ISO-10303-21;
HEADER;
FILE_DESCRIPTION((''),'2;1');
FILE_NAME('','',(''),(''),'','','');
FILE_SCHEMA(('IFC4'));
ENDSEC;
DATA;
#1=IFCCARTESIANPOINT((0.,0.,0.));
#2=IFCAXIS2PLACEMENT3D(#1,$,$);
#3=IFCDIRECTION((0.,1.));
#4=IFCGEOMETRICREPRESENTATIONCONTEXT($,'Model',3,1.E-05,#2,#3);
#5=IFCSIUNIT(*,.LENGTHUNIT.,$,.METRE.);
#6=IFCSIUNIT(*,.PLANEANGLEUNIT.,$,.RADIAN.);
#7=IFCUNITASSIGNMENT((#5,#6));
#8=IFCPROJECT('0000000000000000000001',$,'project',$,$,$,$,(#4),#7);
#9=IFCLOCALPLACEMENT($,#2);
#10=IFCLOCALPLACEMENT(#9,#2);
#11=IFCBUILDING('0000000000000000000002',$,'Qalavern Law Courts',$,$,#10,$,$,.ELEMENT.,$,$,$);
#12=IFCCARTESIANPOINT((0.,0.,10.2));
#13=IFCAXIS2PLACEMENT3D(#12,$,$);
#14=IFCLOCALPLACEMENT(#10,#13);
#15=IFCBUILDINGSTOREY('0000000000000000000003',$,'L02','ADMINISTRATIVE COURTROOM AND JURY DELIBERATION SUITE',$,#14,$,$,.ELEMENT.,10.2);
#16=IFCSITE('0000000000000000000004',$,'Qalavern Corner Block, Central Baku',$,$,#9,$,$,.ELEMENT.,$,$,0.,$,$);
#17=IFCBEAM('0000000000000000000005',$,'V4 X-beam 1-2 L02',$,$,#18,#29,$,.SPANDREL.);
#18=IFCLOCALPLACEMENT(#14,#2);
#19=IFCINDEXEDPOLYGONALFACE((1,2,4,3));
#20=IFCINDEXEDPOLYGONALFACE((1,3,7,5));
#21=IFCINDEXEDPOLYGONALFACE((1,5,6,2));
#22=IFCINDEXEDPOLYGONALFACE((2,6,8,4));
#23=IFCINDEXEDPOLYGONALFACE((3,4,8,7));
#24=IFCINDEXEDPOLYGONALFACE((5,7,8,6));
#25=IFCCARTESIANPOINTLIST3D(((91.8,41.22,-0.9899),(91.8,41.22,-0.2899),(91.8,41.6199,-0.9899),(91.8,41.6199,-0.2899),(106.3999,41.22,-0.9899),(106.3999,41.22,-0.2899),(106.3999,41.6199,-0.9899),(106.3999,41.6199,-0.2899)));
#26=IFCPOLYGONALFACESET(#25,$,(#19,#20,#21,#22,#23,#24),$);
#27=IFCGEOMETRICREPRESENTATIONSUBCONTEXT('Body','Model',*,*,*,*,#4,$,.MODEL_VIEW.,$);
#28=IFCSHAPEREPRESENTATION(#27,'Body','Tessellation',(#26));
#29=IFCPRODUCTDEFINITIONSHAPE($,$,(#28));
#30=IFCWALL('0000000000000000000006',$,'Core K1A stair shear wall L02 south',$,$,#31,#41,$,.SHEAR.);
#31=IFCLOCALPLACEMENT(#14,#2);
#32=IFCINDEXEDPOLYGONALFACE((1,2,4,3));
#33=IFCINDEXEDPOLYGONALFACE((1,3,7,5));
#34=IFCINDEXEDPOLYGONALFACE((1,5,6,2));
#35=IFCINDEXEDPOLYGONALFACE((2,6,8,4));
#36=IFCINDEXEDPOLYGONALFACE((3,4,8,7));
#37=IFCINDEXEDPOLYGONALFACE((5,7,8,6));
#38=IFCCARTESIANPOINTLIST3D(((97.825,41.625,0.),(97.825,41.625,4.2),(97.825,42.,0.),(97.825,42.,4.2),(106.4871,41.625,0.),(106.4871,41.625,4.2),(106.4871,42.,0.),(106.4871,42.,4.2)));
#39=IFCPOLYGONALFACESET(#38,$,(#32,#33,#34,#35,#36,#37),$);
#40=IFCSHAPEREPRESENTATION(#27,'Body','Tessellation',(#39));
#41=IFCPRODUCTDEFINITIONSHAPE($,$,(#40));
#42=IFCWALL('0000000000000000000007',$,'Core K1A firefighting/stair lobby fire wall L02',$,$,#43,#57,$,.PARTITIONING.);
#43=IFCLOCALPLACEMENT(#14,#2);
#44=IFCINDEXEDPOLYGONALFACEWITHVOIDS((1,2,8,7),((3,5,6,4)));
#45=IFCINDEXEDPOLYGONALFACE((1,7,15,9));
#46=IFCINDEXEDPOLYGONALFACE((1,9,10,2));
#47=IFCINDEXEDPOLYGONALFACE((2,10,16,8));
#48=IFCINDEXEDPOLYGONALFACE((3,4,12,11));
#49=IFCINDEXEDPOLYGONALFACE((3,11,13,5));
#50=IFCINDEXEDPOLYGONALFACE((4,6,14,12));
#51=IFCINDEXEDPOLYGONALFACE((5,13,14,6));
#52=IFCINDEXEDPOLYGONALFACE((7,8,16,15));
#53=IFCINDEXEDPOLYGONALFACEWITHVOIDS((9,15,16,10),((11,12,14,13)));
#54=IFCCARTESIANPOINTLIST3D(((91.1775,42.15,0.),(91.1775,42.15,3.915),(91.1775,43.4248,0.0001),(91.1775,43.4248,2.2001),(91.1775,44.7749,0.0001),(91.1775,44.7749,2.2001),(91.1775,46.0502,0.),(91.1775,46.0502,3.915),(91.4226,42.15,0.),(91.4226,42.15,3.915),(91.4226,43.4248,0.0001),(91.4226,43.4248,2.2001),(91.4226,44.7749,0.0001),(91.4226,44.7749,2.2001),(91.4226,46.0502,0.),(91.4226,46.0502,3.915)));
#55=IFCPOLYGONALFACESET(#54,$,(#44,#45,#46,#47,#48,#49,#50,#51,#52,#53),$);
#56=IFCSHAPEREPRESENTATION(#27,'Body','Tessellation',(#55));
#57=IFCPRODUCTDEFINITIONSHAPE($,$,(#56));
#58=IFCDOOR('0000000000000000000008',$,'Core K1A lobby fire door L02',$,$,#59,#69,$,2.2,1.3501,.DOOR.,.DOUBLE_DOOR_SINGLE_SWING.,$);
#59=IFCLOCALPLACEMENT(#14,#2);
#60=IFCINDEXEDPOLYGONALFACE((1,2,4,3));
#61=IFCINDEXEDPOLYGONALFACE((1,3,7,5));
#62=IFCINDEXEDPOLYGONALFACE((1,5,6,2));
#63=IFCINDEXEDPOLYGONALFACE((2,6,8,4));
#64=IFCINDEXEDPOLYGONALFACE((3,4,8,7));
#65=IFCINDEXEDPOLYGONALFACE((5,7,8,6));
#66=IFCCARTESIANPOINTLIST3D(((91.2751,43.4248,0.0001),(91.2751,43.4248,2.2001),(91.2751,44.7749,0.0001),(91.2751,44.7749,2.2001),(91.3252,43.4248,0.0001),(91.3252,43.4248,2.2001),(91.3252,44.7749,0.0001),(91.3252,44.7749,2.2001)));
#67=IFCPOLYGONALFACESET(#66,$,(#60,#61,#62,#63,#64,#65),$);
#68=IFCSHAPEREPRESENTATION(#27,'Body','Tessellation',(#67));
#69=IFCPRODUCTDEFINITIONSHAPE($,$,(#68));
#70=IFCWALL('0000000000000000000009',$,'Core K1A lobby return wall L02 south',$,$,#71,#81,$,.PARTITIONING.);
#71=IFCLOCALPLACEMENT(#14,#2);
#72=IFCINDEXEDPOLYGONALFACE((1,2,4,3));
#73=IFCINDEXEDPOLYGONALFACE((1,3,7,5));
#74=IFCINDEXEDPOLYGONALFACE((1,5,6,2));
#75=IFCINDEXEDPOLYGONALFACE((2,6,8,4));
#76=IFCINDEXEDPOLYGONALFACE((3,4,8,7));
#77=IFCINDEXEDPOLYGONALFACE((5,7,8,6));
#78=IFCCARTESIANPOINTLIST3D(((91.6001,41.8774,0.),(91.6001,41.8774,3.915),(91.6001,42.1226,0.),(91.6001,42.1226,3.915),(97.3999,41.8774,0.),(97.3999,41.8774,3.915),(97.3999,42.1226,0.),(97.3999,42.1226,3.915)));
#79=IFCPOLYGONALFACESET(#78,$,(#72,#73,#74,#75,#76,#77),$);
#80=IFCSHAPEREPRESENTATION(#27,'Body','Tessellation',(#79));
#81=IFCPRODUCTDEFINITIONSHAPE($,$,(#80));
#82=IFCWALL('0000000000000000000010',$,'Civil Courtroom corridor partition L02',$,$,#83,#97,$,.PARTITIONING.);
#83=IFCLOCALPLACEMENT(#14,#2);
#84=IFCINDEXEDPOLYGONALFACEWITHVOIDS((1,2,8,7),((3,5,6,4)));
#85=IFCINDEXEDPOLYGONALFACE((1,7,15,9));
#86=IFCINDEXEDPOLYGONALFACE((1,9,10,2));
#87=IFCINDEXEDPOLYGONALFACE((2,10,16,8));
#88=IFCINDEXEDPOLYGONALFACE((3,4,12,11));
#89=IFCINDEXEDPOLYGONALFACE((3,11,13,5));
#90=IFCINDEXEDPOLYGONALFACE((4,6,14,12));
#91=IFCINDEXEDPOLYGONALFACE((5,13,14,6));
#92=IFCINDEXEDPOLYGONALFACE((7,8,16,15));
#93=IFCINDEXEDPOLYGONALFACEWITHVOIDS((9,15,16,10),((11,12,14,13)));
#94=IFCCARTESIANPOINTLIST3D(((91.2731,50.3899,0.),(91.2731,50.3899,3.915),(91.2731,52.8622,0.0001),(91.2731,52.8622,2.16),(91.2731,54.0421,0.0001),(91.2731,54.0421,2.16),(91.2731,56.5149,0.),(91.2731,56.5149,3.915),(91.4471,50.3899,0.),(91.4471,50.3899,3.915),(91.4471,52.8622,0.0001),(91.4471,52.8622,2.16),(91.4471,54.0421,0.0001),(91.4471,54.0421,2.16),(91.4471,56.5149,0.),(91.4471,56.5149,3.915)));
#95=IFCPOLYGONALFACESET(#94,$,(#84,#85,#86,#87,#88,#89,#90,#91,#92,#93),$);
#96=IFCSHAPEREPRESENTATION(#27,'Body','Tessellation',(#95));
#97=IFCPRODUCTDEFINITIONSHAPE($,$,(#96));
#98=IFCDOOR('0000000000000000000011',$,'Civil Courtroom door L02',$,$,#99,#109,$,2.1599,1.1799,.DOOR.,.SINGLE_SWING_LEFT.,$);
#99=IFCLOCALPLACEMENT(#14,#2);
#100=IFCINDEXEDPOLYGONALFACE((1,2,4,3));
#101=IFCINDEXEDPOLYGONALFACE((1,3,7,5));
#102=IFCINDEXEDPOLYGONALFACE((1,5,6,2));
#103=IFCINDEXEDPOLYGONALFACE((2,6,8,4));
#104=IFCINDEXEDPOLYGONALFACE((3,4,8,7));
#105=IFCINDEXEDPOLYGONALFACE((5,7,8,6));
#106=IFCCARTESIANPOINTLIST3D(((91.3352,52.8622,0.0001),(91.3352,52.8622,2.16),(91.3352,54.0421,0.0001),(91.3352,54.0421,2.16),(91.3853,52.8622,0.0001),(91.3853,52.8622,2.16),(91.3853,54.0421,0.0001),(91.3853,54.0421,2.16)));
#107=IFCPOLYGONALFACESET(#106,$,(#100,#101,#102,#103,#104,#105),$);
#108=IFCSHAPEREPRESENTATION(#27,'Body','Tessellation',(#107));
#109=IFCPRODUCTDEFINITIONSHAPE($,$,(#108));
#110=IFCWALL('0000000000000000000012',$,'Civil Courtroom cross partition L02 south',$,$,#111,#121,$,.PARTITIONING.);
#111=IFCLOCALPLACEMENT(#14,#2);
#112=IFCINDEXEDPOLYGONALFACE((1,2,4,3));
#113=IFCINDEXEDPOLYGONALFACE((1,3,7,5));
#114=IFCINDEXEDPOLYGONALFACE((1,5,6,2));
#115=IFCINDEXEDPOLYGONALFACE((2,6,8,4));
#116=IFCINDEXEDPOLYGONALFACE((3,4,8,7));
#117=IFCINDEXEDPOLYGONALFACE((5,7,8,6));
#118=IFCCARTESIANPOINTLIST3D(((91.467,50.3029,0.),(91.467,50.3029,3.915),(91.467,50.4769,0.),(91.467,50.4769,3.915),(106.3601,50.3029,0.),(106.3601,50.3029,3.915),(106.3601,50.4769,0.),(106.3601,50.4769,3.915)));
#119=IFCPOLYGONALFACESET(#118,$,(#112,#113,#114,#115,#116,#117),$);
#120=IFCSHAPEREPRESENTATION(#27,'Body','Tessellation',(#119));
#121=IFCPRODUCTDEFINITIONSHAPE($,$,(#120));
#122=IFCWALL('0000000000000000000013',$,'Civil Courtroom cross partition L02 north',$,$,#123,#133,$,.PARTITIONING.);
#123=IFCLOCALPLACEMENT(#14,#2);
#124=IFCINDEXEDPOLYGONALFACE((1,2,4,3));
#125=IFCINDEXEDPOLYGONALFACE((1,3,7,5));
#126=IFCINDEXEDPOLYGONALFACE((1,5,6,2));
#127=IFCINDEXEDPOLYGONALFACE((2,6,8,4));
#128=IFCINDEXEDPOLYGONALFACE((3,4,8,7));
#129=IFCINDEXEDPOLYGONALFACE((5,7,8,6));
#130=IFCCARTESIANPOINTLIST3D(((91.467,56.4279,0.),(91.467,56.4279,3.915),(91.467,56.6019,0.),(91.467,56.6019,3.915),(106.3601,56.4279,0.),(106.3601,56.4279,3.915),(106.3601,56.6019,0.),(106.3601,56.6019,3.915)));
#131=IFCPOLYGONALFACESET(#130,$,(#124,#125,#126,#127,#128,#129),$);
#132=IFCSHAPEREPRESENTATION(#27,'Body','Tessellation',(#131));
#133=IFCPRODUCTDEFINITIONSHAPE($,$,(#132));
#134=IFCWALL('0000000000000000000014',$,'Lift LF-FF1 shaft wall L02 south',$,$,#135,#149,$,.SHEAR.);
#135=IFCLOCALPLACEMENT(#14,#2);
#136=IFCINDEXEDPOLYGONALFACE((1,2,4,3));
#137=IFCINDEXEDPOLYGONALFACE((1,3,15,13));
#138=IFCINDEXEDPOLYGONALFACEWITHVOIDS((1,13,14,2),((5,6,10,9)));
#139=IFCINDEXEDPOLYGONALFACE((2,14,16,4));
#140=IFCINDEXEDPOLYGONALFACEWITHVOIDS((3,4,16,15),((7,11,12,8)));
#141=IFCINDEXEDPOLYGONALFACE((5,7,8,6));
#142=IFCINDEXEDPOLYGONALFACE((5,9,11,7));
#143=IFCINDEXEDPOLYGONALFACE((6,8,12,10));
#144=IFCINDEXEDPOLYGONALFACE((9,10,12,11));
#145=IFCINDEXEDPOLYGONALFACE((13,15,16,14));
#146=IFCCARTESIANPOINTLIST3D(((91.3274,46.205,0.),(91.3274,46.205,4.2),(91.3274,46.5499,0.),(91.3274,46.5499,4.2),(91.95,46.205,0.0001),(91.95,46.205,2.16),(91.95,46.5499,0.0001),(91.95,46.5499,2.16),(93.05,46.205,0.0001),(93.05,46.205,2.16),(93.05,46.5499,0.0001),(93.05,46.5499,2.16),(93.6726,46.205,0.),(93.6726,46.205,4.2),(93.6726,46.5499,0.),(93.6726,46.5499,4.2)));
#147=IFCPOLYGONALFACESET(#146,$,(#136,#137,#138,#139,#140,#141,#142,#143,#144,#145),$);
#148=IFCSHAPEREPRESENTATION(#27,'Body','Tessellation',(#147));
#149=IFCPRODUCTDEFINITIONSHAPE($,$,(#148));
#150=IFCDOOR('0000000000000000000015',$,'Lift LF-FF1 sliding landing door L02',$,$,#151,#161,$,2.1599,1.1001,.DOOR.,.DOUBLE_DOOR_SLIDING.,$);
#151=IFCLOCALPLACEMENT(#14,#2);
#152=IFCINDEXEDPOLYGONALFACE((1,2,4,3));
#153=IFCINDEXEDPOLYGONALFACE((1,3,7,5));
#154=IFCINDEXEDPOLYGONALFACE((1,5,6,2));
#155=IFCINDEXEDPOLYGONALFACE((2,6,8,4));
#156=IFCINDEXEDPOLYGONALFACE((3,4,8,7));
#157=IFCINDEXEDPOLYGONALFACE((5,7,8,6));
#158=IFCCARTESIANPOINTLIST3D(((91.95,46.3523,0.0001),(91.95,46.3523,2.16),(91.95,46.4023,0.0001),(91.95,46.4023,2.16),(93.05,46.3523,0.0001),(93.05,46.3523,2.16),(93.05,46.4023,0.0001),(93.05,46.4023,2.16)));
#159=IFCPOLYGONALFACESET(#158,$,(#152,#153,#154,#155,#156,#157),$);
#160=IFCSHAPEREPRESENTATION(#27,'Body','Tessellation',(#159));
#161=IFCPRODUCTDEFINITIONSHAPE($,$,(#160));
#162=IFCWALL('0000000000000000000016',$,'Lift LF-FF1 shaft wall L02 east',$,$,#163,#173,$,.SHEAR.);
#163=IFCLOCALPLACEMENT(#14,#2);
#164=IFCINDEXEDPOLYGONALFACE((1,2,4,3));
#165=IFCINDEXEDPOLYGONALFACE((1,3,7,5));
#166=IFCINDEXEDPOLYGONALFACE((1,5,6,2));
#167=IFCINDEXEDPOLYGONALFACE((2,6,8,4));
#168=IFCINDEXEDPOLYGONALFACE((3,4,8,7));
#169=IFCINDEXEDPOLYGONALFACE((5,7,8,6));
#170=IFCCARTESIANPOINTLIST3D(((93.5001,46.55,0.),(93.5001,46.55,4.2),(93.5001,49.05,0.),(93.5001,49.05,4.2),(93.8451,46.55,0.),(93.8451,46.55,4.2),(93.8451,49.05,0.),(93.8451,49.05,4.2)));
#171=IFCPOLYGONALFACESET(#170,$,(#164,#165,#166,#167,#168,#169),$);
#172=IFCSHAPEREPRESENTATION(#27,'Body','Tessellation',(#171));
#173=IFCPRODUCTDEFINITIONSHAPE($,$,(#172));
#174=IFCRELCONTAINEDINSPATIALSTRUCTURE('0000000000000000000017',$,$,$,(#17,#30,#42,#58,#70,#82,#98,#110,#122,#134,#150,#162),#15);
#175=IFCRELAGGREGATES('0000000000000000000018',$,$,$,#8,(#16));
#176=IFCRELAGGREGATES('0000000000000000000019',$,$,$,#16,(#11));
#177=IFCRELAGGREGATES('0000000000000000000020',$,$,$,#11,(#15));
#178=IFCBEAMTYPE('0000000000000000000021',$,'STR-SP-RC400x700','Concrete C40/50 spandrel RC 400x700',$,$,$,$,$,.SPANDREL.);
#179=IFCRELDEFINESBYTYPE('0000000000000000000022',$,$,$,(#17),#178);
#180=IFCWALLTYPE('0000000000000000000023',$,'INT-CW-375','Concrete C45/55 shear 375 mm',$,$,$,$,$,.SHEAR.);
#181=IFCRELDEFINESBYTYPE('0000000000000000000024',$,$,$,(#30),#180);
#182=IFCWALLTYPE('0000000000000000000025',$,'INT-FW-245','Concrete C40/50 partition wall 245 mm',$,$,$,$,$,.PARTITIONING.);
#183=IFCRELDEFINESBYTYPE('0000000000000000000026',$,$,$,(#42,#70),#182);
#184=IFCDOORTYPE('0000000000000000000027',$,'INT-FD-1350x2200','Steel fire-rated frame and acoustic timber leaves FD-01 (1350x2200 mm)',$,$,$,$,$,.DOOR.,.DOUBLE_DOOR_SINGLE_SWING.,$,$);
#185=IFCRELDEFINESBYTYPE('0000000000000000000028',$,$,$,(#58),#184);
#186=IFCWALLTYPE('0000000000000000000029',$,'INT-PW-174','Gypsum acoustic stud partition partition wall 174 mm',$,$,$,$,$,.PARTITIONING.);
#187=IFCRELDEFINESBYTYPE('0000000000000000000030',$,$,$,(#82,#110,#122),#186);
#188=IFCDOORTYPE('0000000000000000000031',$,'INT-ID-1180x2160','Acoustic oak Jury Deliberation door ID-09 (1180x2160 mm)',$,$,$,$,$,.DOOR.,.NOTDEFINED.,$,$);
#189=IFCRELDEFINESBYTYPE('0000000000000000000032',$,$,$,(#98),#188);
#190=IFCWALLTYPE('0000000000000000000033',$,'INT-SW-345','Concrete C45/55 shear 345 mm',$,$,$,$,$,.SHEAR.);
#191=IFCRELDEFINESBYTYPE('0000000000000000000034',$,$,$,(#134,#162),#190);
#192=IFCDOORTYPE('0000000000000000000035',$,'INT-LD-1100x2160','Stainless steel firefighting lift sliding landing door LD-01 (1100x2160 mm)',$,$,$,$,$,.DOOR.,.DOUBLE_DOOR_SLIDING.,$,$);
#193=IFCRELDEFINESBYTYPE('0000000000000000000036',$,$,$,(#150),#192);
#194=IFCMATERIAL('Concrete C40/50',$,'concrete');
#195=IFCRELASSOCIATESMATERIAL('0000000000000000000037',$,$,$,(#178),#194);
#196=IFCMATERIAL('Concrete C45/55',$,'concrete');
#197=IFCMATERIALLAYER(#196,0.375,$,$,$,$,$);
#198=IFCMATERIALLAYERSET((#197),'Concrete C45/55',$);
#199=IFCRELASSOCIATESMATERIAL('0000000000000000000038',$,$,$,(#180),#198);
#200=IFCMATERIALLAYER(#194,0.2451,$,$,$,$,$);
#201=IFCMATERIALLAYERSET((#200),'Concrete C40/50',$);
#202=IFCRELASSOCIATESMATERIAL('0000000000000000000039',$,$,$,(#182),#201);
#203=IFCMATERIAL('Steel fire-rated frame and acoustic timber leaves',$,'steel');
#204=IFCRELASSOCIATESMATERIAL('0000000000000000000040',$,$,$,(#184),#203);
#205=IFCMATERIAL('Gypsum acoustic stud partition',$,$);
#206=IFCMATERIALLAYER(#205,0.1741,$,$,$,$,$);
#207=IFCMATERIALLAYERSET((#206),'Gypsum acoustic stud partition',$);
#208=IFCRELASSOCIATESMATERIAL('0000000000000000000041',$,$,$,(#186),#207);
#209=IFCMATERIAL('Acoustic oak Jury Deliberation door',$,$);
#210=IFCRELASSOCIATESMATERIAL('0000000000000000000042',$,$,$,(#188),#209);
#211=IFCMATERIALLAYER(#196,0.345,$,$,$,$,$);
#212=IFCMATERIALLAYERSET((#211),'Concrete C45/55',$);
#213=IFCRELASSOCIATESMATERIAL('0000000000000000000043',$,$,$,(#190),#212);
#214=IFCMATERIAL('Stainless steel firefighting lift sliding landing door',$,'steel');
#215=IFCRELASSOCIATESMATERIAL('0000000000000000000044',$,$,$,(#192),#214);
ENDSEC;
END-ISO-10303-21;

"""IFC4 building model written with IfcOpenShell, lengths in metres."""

from ifc_helpers import new_model, si_unit, direction, frame, frame_2d, origin, origin_2d, place, context, subcontext, project, spatial, rectangle, extrude, material, layer, layer_set, material_profile, profile_set, type_object, element, fill, save


model = new_model("IFC4")

# Units and contexts
model_context = context("Model", 3, precision=1e-05, world=origin(), true_north=direction((0.0, 1.0)))
body_context = subcontext(model_context, "Body", "Model", "MODEL_VIEW")
ifc_project = project(units=[si_unit("LENGTHUNIT", "METRE"), si_unit("PLANEANGLEUNIT", "RADIAN")], contexts=[model_context])

# Site, building, storey
site_placement = place(None, origin())
site = spatial("IfcSite", under=ifc_project, at=site_placement, Name="Qalavern Corner Block, Central Baku", CompositionType="ELEMENT", RefElevation=0.0)
building_placement = place(site_placement, origin())
building = spatial("IfcBuilding", under=site, at=building_placement, Name="Qalavern Law Courts", CompositionType="ELEMENT")
storey_placement = place(building_placement, frame((0.0, 0.0, 10.2)))
storey = spatial("IfcBuildingStorey", under=building, at=storey_placement, Name="L02", Description="ADMINISTRATIVE COURTROOM AND JURY DELIBERATION SUITE", CompositionType="ELEMENT", Elevation=10.2)

# Beam
ifc_material_1 = material(Name="Concrete C40/50", Category="concrete")
ifc_material_profile = material_profile(ifc_material_1, rectangle(XDim=0.3999, YDim=0.7, at=origin_2d()), Name="RC 400x700")
ifc_profile_set = profile_set([ifc_material_profile], Name="Concrete C40/50")
beam_type = type_object("IfcBeamType", Name="STR-SP-RC400x700", Description="Concrete C40/50 spandrel RC 400x700", PredefinedType="SPANDREL", material=ifc_profile_set)
beam_placement = place(storey_placement, frame((91.8, 41.4199, -0.6399), z_axis=(1.0, 0.0, 0.0), x_axis=(0.0, 1.0, 0.0)))
element("IfcBeam", 1, at=beam_placement, inside=storey, type_object=beam_type, Name="V4 X-beam 1-2 L02", PredefinedType="SPANDREL", context=body_context, shape_type="SweptSolid", body=[
    extrude(rectangle(XDim=0.3999, YDim=0.7, at=origin_2d()), origin(), (0.0, 0.0, 1.0), 14.5999),
])

# Wall
ifc_material_2 = material(Name="Concrete C45/55", Category="concrete")
ifc_layer_1 = layer(ifc_material_2, 0.375)
ifc_layer_set_1 = layer_set([ifc_layer_1], Name="Concrete C45/55")
wall_type_1 = type_object("IfcWallType", Name="INT-CW-375", Description="Concrete C45/55 shear 375 mm", PredefinedType="SHEAR", material=ifc_layer_set_1)
wall_1_placement = place(storey_placement, frame((97.825, 41.8125, 0.0), z_axis=(0.0, 0.0, 1.0), x_axis=(1.0, 0.0, 0.0)))
element("IfcWall", 2, at=wall_1_placement, inside=storey, type_object=wall_type_1, Name="Core K1A stair shear wall L02 south", PredefinedType="SHEAR", context=body_context, shape_type="SweptSolid", body=[
    extrude(rectangle(XDim=8.6621, YDim=0.375, at=frame_2d((4.3311, 0.0))), origin(), (0.0, 0.0, 1.0), 4.2),
])

# Wall, opening, door
ifc_layer_2 = layer(ifc_material_1, 0.2451)
ifc_layer_set_2 = layer_set([ifc_layer_2], Name="Concrete C40/50")
wall_type_2 = type_object("IfcWallType", Name="INT-FW-245", Description="Concrete C40/50 partition wall 245 mm", PredefinedType="PARTITIONING", material=ifc_layer_set_2)
wall_2_placement = place(storey_placement, frame((91.3, 42.1499, 0.0), z_axis=(0.0, 0.0, 1.0), x_axis=(0.0, 1.0, 0.0)))
wall_2 = element("IfcWall", 3, at=wall_2_placement, inside=storey, type_object=wall_type_2, Name="Core K1A firefighting/stair lobby fire wall L02", PredefinedType="PARTITIONING", context=body_context, shape_type="SweptSolid", body=[
    extrude(rectangle(XDim=3.9001, YDim=0.2451, at=frame_2d((1.9502, 0.0))), origin(), (0.0, 0.0, 1.0), 3.915),
])
opening_1_placement = place(wall_2_placement, frame((1.2749, 0.0, 0.0)))
opening_1 = element("IfcOpeningElement", 4, at=opening_1_placement, cuts=wall_2, PredefinedType="OPENING", context=body_context, shape_type="SweptSolid", body=[
    extrude(rectangle(XDim=1.3501, YDim=2.2, at=frame_2d((0.675, 1.1001))), frame((0.0, 0.1375, 0.0), z_axis=(0.0, -1.0, 0.0), x_axis=(1.0, 0.0, 0.0)), (0.0, 0.0, 1.0), 0.2749),
])
ifc_material_3 = material(Name="Steel fire-rated frame and acoustic timber leaves", Category="steel")
door_type_1 = type_object("IfcDoorType", Name="INT-FD-1350x2200", Description="Steel fire-rated frame and acoustic timber leaves FD-01 (1350x2200 mm)", OperationType="DOUBLE_DOOR_SINGLE_SWING", PredefinedType="DOOR", material=ifc_material_3)
door_1_placement = place(opening_1_placement, origin())
door_1 = element("IfcDoor", 5, at=door_1_placement, inside=storey, type_object=door_type_1, Name="Core K1A lobby fire door L02", OperationType="DOUBLE_DOOR_SINGLE_SWING", OverallHeight=2.2, OverallWidth=1.3501, PredefinedType="DOOR", context=body_context, shape_type="SweptSolid", body=[
    extrude(rectangle(XDim=1.3501, YDim=2.2, at=frame_2d((0.675, 1.1001))), frame((0.0, 0.0249, 0.0), z_axis=(0.0, -1.0, 0.0), x_axis=(1.0, 0.0, 0.0)), (0.0, 0.0, 1.0), 0.05),
])
fill(opening_1, door_1)

# Wall
wall_3_placement = place(storey_placement, frame((91.6001, 42.0, 0.0), z_axis=(0.0, 0.0, 1.0), x_axis=(1.0, 0.0, 0.0)))
element("IfcWall", 6, at=wall_3_placement, inside=storey, type_object=wall_type_2, Name="Core K1A lobby return wall L02 south", PredefinedType="PARTITIONING", context=body_context, shape_type="SweptSolid", body=[
    extrude(rectangle(XDim=5.7998, YDim=0.2451, at=frame_2d((2.8999, 0.0))), origin(), (0.0, 0.0, 1.0), 3.915),
])

# Wall, opening, door
ifc_material_4 = material(Name="Gypsum acoustic stud partition")
ifc_layer_3 = layer(ifc_material_4, 0.1741)
ifc_layer_set_3 = layer_set([ifc_layer_3], Name="Gypsum acoustic stud partition")
wall_type_3 = type_object("IfcWallType", Name="INT-PW-174", Description="Gypsum acoustic stud partition partition wall 174 mm", PredefinedType="PARTITIONING", material=ifc_layer_set_3)
wall_4_placement = place(storey_placement, frame((91.3601, 50.3899, 0.0), z_axis=(0.0, 0.0, 1.0), x_axis=(0.0, 1.0, 0.0)))
wall_4 = element("IfcWall", 7, at=wall_4_placement, inside=storey, type_object=wall_type_3, Name="Civil Courtroom corridor partition L02", PredefinedType="PARTITIONING", context=body_context, shape_type="SweptSolid", body=[
    extrude(rectangle(XDim=6.125, YDim=0.1741, at=frame_2d((3.0625, 0.0))), origin(), (0.0, 0.0, 1.0), 3.915),
])
opening_2_placement = place(wall_4_placement, frame((2.4724, 0.0, 0.0)))
opening_2 = element("IfcOpeningElement", 8, at=opening_2_placement, cuts=wall_4, PredefinedType="OPENING", context=body_context, shape_type="SweptSolid", body=[
    extrude(rectangle(XDim=1.1799, YDim=2.1599, at=frame_2d((0.5898, 1.0801))), frame((0.0, 0.1021, 0.0), z_axis=(0.0, -1.0, 0.0), x_axis=(1.0, 0.0, 0.0)), (0.0, 0.0, 1.0), 0.2039),
])
ifc_material_5 = material(Name="Acoustic oak Jury Deliberation door")
door_type_2 = type_object("IfcDoorType", Name="INT-ID-1180x2160", Description="Acoustic oak Jury Deliberation door ID-09 (1180x2160 mm)", OperationType="NOTDEFINED", PredefinedType="DOOR", material=ifc_material_5)
door_2_placement = place(opening_2_placement, origin())
door_2 = element("IfcDoor", 9, at=door_2_placement, inside=storey, type_object=door_type_2, Name="Civil Courtroom door L02", OperationType="SINGLE_SWING_LEFT", OverallHeight=2.1599, OverallWidth=1.1799, PredefinedType="DOOR", context=body_context, shape_type="SweptSolid", body=[
    extrude(rectangle(XDim=1.1799, YDim=2.1599, at=frame_2d((0.5898, 1.0801))), frame((0.0, 0.0249, 0.0), z_axis=(0.0, -1.0, 0.0), x_axis=(1.0, 0.0, 0.0)), (0.0, 0.0, 1.0), 0.05),
])
fill(opening_2, door_2)

# Walls
for number, where, z_axis, x_axis, name in (
    (10, (91.467, 50.3899, 0.0), (0.0, 0.0, 1.0), (1.0, 0.0, 0.0), "Civil Courtroom cross partition L02 south"),
    (11, (91.467, 56.5149, 0.0), (0.0, 0.0, 1.0), (1.0, 0.0, 0.0), "Civil Courtroom cross partition L02 north"),
):
    element("IfcWall", number, at=place(storey_placement, frame(where, z_axis=z_axis, x_axis=x_axis)), inside=storey, type_object=wall_type_3, Name=name, PredefinedType="PARTITIONING", context=body_context, shape_type="SweptSolid", body=[
        extrude(rectangle(XDim=14.8931, YDim=0.1741, at=frame_2d((7.4465, 0.0))), origin(), (0.0, 0.0, 1.0), 3.915),
    ])

# Wall, opening, door
ifc_layer_4 = layer(ifc_material_2, 0.345)
ifc_layer_set_4 = layer_set([ifc_layer_4], Name="Concrete C45/55")
wall_type_4 = type_object("IfcWallType", Name="INT-SW-345", Description="Concrete C45/55 shear 345 mm", PredefinedType="SHEAR", material=ifc_layer_set_4)
wall_5_placement = place(storey_placement, frame((91.3274, 46.3774, 0.0), z_axis=(0.0, 0.0, 1.0), x_axis=(1.0, 0.0, 0.0)))
wall_5 = element("IfcWall", 12, at=wall_5_placement, inside=storey, type_object=wall_type_4, Name="Lift LF-FF1 shaft wall L02 south", PredefinedType="SHEAR", context=body_context, shape_type="SweptSolid", body=[
    extrude(rectangle(XDim=2.3452, YDim=0.345, at=frame_2d((1.1726, 0.0))), origin(), (0.0, 0.0, 1.0), 4.2),
])
opening_3_placement = place(wall_5_placement, frame((0.6226, 0.0, 0.0)))
opening_3 = element("IfcOpeningElement", 13, at=opening_3_placement, cuts=wall_5, PredefinedType="OPENING", context=body_context, shape_type="SweptSolid", body=[
    extrude(rectangle(XDim=1.1001, YDim=2.1599, at=frame_2d((0.55, 1.0801))), frame((0.0, 0.1875, 0.0), z_axis=(0.0, -1.0, 0.0), x_axis=(1.0, 0.0, 0.0)), (0.0, 0.0, 1.0), 0.3748),
])
ifc_material_6 = material(Name="Stainless steel firefighting lift sliding landing door", Category="steel")
door_type_3 = type_object("IfcDoorType", Name="INT-LD-1100x2160", Description="Stainless steel firefighting lift sliding landing door LD-01 (1100x2160 mm)", OperationType="DOUBLE_DOOR_SLIDING", PredefinedType="DOOR", material=ifc_material_6)
door_3_placement = place(opening_3_placement, origin())
door_3 = element("IfcDoor", 14, at=door_3_placement, inside=storey, type_object=door_type_3, Name="Lift LF-FF1 sliding landing door L02", OperationType="DOUBLE_DOOR_SLIDING", OverallHeight=2.1599, OverallWidth=1.1001, PredefinedType="DOOR", context=body_context, shape_type="SweptSolid", body=[
    extrude(rectangle(XDim=1.1001, YDim=2.1599, at=frame_2d((0.55, 1.0801))), frame((0.0, 0.0249, 0.0), z_axis=(0.0, -1.0, 0.0), x_axis=(1.0, 0.0, 0.0)), (0.0, 0.0, 1.0), 0.05),
])
fill(opening_3, door_3)

# Wall
wall_6_placement = place(storey_placement, frame((93.6726, 46.55, 0.0), z_axis=(0.0, 0.0, 1.0), x_axis=(0.0, 1.0, 0.0)))
element("IfcWall", 15, at=wall_6_placement, inside=storey, type_object=wall_type_4, Name="Lift LF-FF1 shaft wall L02 east", PredefinedType="SHEAR", context=body_context, shape_type="SweptSolid", body=[
    extrude(rectangle(XDim=2.5, YDim=0.345, at=frame_2d((1.25, 0.0))), origin(), (0.0, 0.0, 1.0), 4.2),
])

save(model, "model.ifc")
